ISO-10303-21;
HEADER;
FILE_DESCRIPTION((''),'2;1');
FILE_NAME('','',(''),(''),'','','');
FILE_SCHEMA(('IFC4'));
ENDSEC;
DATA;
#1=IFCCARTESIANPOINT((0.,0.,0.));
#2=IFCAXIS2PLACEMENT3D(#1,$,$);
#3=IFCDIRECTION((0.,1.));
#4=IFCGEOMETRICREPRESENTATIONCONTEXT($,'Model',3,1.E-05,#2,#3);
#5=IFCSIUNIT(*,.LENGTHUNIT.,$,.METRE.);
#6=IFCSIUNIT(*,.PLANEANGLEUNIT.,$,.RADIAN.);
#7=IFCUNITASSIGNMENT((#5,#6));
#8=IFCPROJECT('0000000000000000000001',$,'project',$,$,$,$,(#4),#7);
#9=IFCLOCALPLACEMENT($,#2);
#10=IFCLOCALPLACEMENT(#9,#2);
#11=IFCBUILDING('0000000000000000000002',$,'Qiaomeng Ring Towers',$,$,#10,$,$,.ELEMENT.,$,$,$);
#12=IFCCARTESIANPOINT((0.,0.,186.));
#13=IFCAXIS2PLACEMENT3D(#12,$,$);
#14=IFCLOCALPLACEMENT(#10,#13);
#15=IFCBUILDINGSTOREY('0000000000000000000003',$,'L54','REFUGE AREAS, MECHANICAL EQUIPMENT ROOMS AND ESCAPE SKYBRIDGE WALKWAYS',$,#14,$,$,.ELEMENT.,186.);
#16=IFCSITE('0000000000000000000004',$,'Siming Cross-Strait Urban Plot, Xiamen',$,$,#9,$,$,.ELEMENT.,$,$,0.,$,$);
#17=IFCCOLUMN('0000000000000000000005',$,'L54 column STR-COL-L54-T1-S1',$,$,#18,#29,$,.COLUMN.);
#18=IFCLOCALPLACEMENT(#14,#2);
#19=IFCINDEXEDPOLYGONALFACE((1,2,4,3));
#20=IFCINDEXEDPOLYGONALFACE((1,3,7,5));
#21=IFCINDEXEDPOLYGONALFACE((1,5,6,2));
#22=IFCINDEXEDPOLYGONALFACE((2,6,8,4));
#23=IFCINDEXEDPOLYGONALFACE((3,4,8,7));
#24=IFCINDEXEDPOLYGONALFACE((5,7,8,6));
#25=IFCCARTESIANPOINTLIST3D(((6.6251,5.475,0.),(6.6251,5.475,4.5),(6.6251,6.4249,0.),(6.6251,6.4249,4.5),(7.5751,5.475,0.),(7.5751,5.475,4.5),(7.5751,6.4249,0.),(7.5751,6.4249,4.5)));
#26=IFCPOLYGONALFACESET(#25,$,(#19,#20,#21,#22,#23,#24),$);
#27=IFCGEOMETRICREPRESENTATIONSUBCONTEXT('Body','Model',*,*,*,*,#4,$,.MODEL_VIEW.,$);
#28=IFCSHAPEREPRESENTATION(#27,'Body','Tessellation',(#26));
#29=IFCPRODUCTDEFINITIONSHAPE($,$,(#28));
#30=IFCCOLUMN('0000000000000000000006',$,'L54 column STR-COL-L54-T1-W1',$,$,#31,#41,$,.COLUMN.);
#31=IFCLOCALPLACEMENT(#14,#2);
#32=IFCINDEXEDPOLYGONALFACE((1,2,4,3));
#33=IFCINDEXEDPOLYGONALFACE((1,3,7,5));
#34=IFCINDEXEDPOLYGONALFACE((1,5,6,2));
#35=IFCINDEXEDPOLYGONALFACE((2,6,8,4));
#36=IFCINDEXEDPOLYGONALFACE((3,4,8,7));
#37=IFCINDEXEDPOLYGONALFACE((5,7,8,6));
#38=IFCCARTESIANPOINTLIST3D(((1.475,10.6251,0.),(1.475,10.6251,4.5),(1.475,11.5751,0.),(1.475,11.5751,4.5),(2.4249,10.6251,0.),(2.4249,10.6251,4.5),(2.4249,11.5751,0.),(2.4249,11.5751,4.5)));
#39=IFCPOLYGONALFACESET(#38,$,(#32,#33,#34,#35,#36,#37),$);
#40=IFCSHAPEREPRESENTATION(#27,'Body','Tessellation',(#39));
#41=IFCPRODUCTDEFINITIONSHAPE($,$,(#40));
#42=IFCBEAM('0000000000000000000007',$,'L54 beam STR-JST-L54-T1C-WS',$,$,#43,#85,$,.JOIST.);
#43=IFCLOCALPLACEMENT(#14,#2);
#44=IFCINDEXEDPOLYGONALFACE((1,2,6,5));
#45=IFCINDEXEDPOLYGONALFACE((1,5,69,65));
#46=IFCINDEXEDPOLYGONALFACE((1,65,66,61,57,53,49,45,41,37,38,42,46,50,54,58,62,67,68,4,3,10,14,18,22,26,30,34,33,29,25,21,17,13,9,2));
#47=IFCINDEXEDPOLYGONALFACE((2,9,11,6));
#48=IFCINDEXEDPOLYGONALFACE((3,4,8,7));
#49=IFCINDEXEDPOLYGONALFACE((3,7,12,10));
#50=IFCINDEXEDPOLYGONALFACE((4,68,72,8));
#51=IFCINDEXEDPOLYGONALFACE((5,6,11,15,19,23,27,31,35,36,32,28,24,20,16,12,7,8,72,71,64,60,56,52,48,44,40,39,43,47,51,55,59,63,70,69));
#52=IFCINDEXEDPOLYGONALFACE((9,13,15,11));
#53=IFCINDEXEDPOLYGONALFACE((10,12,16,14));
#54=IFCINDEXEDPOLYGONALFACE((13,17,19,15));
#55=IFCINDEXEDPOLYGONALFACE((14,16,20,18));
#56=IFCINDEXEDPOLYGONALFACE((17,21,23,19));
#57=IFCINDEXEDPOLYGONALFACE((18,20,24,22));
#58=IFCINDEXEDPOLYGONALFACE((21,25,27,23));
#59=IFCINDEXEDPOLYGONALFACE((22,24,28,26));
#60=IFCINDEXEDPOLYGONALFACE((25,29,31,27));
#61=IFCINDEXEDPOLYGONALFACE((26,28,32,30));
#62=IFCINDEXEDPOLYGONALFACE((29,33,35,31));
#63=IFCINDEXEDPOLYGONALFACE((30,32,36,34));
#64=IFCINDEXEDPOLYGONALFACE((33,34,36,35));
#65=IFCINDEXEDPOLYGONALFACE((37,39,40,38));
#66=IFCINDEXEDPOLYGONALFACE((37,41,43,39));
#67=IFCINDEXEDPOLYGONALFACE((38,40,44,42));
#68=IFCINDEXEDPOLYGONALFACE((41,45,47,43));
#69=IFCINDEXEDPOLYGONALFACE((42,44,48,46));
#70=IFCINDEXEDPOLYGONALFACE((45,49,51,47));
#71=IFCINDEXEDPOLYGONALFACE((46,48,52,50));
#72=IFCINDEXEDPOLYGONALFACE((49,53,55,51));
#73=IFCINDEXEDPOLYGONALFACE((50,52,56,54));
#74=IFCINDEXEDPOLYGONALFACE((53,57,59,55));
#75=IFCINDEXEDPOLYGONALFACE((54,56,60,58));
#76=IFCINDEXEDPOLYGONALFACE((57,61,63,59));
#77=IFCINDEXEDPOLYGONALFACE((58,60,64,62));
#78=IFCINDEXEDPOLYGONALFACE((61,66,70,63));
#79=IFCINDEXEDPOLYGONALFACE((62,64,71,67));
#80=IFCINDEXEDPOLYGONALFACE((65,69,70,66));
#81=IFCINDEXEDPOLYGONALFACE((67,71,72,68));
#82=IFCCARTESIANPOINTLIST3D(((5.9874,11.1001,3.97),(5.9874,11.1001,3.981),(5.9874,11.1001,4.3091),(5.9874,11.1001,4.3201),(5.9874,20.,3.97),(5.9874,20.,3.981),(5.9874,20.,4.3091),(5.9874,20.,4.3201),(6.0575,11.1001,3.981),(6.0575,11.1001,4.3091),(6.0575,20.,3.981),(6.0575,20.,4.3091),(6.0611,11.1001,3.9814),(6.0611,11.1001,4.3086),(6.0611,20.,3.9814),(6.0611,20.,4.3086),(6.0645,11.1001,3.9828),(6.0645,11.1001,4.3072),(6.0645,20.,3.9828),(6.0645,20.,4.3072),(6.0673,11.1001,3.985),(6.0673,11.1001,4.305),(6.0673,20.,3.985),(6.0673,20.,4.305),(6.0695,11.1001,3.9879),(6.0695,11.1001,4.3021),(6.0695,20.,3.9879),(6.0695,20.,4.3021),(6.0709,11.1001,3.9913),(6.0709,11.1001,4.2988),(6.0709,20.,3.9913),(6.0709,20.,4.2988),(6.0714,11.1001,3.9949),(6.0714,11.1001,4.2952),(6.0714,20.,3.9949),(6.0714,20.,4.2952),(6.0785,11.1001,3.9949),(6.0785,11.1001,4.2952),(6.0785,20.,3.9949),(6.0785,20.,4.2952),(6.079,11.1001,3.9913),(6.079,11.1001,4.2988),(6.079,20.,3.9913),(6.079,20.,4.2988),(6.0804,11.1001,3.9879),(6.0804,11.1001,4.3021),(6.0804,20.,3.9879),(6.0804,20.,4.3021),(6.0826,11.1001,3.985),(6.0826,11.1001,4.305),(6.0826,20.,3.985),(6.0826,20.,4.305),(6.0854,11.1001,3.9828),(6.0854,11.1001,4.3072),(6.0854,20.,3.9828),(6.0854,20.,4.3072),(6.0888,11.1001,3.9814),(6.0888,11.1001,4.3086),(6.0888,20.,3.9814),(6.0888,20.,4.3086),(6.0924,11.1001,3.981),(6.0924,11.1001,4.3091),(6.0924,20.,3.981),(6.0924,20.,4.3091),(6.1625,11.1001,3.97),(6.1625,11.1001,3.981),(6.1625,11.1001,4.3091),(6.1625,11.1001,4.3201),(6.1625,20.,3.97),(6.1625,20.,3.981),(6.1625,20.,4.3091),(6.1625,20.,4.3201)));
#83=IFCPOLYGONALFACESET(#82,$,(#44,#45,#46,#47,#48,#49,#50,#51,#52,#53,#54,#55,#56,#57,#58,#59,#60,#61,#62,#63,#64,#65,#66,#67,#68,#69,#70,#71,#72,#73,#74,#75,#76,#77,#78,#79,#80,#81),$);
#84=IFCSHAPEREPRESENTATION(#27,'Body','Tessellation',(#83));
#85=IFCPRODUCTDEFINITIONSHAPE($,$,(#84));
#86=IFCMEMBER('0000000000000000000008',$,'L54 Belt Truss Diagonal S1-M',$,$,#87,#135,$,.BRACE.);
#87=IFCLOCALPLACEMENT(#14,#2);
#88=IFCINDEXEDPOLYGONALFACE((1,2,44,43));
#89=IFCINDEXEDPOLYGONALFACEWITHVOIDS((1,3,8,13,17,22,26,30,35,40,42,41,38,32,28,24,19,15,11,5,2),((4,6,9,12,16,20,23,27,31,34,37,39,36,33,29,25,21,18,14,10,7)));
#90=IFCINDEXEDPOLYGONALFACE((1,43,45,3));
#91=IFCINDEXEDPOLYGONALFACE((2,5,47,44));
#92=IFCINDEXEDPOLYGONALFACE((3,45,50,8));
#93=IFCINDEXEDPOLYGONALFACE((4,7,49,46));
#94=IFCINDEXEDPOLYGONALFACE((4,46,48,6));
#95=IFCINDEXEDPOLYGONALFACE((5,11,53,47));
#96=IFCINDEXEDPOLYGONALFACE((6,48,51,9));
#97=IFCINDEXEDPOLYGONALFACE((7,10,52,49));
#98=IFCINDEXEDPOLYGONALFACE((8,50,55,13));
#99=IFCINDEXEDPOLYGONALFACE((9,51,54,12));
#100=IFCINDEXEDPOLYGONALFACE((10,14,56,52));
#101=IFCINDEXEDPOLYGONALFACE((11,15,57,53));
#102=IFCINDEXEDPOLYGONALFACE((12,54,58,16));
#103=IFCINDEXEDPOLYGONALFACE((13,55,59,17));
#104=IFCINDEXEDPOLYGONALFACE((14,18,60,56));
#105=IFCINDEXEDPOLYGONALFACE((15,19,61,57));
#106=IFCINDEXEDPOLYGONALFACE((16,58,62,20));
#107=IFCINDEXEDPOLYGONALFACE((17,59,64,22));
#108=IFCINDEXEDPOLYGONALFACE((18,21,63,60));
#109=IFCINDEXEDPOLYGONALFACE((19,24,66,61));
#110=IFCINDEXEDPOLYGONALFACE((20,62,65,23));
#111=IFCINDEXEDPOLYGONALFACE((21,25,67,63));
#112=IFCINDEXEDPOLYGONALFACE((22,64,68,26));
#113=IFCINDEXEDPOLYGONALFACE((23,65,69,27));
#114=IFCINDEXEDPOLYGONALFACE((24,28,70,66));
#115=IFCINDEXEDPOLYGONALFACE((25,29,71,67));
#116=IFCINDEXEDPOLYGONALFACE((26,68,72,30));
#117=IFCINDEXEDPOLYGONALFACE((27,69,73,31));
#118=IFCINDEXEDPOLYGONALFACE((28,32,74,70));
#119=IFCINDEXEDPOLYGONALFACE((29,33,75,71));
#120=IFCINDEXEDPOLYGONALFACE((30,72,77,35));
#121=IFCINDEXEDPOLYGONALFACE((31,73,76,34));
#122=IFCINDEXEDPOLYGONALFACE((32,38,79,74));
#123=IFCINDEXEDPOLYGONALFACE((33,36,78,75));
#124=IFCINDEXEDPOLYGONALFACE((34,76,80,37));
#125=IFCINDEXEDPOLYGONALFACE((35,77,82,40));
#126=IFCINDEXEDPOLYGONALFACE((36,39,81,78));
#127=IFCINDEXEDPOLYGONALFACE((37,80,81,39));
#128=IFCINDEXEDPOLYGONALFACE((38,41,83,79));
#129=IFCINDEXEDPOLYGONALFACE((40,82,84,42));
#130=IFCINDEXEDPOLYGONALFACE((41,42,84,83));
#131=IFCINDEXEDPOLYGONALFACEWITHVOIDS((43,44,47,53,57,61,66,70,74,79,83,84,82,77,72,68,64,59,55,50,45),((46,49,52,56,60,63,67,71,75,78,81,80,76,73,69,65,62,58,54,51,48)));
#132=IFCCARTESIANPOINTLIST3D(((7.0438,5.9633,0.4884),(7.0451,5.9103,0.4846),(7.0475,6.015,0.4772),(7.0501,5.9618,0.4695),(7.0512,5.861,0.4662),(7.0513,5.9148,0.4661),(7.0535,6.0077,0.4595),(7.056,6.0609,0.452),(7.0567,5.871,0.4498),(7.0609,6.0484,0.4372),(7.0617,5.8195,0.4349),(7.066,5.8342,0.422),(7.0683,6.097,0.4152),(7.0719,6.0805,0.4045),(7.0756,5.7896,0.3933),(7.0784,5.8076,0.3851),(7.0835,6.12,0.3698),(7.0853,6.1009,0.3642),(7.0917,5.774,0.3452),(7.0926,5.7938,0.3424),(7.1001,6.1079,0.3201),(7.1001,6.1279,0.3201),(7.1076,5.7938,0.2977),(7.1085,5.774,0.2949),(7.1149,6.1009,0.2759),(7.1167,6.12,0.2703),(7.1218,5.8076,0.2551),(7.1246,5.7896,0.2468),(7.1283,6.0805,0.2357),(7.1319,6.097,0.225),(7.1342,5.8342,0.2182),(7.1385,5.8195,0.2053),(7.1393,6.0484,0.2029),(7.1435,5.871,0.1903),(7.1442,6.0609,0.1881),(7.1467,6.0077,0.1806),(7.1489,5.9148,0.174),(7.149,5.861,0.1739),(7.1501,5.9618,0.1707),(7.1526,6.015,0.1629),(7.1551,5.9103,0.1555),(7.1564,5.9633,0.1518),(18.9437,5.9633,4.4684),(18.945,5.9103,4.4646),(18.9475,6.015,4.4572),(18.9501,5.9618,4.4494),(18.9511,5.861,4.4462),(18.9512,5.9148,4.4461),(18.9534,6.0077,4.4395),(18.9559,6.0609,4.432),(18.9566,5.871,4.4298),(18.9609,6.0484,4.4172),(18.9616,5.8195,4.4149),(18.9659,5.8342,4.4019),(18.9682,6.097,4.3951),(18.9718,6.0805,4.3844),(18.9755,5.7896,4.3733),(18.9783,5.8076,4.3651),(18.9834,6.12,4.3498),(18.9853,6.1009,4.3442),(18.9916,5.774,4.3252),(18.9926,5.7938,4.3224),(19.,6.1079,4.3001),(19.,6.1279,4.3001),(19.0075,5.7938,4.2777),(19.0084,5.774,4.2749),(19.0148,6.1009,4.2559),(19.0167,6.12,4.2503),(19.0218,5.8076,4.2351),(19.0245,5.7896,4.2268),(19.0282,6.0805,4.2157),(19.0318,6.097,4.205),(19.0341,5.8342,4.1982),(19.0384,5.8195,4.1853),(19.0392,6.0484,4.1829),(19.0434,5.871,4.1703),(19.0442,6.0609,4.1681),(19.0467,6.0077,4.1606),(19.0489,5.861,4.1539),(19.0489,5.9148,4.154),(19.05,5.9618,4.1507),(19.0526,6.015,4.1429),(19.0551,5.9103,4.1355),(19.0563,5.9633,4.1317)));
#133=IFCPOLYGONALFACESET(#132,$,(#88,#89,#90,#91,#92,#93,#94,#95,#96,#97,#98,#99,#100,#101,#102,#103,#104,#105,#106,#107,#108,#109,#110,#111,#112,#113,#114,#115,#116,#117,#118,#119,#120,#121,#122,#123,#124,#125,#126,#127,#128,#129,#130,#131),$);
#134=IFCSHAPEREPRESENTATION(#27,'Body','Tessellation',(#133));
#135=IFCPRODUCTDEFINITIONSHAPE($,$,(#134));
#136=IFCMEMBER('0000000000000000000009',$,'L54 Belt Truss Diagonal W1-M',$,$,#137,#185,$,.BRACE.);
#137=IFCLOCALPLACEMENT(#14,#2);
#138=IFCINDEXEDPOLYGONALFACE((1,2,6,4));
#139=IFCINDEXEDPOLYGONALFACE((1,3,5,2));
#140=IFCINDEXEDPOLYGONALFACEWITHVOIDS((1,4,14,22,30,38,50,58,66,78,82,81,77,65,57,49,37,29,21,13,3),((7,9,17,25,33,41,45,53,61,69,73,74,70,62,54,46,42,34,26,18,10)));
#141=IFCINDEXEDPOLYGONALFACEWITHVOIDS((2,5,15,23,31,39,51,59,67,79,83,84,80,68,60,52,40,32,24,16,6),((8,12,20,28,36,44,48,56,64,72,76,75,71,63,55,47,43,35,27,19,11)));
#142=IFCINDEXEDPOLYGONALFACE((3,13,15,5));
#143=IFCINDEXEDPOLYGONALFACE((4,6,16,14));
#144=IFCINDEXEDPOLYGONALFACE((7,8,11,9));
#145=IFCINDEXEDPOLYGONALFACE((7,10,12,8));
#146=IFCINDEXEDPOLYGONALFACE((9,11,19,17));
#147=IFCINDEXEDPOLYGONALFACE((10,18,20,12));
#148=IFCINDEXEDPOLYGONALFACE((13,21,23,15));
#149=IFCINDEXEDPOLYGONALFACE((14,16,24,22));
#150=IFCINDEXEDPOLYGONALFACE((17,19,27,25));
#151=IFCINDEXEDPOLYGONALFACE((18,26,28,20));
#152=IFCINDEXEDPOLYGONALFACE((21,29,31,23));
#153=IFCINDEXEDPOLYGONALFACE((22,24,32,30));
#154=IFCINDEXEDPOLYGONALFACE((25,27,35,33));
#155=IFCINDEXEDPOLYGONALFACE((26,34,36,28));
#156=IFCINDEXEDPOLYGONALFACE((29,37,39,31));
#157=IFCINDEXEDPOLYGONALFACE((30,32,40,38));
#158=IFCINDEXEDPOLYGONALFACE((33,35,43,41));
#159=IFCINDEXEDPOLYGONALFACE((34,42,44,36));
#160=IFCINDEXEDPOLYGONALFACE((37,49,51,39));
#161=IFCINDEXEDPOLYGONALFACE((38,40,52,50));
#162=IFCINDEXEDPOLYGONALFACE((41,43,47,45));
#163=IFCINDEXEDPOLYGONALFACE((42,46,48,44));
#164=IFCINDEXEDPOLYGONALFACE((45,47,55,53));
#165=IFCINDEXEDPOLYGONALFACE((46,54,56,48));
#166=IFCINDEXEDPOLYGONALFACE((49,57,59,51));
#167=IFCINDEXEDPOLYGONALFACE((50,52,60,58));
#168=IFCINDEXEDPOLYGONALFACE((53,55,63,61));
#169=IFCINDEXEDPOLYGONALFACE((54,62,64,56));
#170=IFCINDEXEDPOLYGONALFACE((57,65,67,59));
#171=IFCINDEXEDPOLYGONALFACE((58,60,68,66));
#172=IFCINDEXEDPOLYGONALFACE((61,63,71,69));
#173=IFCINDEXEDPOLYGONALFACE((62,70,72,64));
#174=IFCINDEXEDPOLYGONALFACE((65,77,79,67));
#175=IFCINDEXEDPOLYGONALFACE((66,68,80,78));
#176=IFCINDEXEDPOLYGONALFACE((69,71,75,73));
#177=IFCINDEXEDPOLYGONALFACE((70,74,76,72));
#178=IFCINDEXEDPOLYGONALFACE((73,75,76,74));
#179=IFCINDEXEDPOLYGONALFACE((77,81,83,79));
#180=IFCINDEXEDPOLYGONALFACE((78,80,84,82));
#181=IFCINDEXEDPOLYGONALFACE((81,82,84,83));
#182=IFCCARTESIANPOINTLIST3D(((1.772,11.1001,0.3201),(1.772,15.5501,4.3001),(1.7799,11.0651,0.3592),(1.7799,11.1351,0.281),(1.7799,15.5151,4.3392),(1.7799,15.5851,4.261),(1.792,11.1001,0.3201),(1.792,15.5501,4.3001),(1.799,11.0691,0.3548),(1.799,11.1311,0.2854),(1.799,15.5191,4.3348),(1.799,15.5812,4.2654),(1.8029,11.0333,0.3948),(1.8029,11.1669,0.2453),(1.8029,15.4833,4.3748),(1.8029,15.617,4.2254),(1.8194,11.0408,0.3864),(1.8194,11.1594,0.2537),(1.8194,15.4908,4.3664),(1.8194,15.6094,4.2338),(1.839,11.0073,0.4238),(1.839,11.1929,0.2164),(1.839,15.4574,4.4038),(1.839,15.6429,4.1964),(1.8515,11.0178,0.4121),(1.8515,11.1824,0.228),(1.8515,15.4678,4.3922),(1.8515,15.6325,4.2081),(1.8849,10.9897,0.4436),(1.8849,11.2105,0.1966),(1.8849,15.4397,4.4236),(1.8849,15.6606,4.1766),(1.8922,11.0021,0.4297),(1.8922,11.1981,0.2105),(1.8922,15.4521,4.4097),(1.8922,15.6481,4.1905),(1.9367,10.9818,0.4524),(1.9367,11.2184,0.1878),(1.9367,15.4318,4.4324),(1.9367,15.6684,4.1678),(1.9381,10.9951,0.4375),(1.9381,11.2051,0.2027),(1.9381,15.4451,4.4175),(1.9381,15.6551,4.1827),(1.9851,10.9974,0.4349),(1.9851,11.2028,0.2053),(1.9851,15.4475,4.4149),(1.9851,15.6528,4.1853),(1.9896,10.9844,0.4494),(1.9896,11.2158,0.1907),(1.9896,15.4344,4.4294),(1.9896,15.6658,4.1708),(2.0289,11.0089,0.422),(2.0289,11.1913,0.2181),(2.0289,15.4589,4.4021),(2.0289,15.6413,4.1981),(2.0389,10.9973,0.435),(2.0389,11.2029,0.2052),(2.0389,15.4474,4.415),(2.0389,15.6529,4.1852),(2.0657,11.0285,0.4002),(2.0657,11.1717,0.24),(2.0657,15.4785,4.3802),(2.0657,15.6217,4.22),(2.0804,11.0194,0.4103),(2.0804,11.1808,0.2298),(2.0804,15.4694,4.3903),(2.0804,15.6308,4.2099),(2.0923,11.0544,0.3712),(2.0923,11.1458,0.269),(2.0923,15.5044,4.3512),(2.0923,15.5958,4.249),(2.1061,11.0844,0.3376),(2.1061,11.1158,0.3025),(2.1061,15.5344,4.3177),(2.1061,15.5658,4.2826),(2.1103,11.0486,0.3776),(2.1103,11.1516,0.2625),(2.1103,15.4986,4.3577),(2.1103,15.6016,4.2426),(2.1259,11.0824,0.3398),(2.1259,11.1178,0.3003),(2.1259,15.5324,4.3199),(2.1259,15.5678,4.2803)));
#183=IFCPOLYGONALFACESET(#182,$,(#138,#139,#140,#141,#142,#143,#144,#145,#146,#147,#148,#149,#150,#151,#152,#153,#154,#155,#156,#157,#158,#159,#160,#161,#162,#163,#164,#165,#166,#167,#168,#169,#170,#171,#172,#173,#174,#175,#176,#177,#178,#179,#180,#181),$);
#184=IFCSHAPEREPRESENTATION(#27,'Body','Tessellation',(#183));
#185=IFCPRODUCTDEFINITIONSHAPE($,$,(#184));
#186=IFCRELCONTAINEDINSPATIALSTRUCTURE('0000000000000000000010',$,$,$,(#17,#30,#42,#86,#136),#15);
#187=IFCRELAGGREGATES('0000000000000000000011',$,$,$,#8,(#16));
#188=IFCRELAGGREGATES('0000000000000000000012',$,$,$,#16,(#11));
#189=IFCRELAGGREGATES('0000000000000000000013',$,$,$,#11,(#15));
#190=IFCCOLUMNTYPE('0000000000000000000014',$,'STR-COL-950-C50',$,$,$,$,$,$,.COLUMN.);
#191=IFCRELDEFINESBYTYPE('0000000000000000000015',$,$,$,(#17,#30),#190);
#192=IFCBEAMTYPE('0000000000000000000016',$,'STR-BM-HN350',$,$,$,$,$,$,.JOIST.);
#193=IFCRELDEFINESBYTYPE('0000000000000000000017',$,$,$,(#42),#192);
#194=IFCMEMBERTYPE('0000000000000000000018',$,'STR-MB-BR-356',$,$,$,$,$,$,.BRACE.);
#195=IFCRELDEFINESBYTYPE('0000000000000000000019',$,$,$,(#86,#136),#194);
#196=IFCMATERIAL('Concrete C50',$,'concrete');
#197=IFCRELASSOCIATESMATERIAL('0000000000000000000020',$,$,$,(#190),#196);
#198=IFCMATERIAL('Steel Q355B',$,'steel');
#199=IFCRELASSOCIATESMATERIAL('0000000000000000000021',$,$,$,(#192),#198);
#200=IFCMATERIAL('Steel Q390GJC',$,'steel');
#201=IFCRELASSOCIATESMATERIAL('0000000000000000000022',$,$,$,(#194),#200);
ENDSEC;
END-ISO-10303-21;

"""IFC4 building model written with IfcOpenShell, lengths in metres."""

from ifc_helpers import new_model, si_unit, direction, frame, origin, origin_2d, place, context, subcontext, project, spatial, rectangle, hollow_circle, i_section, extrude, source, transform, mapped, material, material_profile, profile_set, type_object, element, save


model = new_model("IFC4")

# Units and contexts
model_context = context("Model", 3, precision=1e-05, world=origin(), true_north=direction((0.0, 1.0)))
body_context = subcontext(model_context, "Body", "Model", "MODEL_VIEW")
ifc_project = project(units=[si_unit("LENGTHUNIT", "METRE"), si_unit("PLANEANGLEUNIT", "RADIAN")], contexts=[model_context])

# Site, building, storey
site_placement = place(None, origin())
site = spatial("IfcSite", under=ifc_project, at=site_placement, Name="Siming Cross-Strait Urban Plot, Xiamen", CompositionType="ELEMENT", RefElevation=0.0)
building_placement = place(site_placement, origin())
building = spatial("IfcBuilding", under=site, at=building_placement, Name="Qiaomeng Ring Towers", CompositionType="ELEMENT")
storey_placement = place(building_placement, frame((0.0, 0.0, 186.0)))
storey = spatial("IfcBuildingStorey", under=building, at=storey_placement, Name="L54", Description="REFUGE AREAS, MECHANICAL EQUIPMENT ROOMS AND ESCAPE SKYBRIDGE WALKWAYS", CompositionType="ELEMENT", Elevation=186.0)

# Columns
ifc_material_1 = material(Name="Concrete C50", Category="concrete")
ifc_material_profile_1 = material_profile(ifc_material_1, rectangle(XDim=0.95, YDim=0.95, at=origin_2d()), Name="RC COL 950x950")
ifc_profile_set_1 = profile_set([ifc_material_profile_1], Name="Concrete C50")
column_type = type_object("IfcColumnType", Name="STR-COL-950-C50", PredefinedType="COLUMN", material=ifc_profile_set_1)
shared_shape_1 = source(origin(), body_context, "Body", "SweptSolid", [
    extrude(rectangle(XDim=0.95, YDim=0.95, at=origin_2d()), origin(), (0.0, 0.0, 1.0), 4.5),
])
for number, where, z_axis, x_axis, name in (
    (1, (7.1001, 5.95, 0.0), (0.0, 0.0, 1.0), (1.0, 0.0, 0.0), "L54 column STR-COL-L54-T1-S1"),
    (2, (1.95, 11.1001, 0.0), (0.0, 0.0, 1.0), (1.0, 0.0, 0.0), "L54 column STR-COL-L54-T1-W1"),
):
    element("IfcColumn", number, at=place(storey_placement, frame(where, z_axis=z_axis, x_axis=x_axis)), inside=storey, type_object=column_type, Name=name, PredefinedType="COLUMN", context=body_context, shape_type="MappedRepresentation", body=[
        mapped(shared_shape_1, transform((0.0, 0.0, 0.0), x_axis=(1.0, 0.0, 0.0), y_axis=(0.0, 1.0, 0.0), z_axis=(0.0, 0.0, 1.0), scale=1.0)),
    ])

# Beam
ifc_material_2 = material(Name="Steel Q355B", Category="steel")
ifc_material_profile_2 = material_profile(ifc_material_2, i_section(OverallWidth=0.175, OverallDepth=0.3501, WebThickness=0.0071, FlangeThickness=0.011, FilletRadius=0.0139, at=origin_2d()), Name="HN 350x175x7x11")
ifc_profile_set_2 = profile_set([ifc_material_profile_2], Name="Steel Q355B")
beam_type_1 = type_object("IfcBeamType", Name="STR-BM-HN350", PredefinedType="JOIST", material=ifc_profile_set_2)
shared_shape_2 = source(origin(), body_context, "Body", "SweptSolid", [
    extrude(i_section(OverallWidth=0.175, OverallDepth=0.3501, WebThickness=0.0071, FlangeThickness=0.011, FilletRadius=0.0139, at=origin_2d()), origin(), (0.0, 0.0, 1.0), 8.8999),
])
beam_1_placement = place(storey_placement, frame((6.075, 11.1001, 4.145), z_axis=(0.0, 1.0, 0.0), x_axis=(-1.0, 0.0, 0.0)))
element("IfcBeam", 3, at=beam_1_placement, inside=storey, type_object=beam_type_1, Name="L54 beam STR-JST-L54-T1C-WS", PredefinedType="JOIST", context=body_context, shape_type="MappedRepresentation", body=[
    mapped(shared_shape_2, transform((0.0, 0.0, 0.0), x_axis=(1.0, 0.0, 0.0), y_axis=(0.0, 1.0, 0.0), z_axis=(0.0, 0.0, 1.0), scale=1.0)),
])

# Members
ifc_material_3 = material(Name="Steel Q390GJC", Category="steel")
ifc_material_profile_3 = material_profile(ifc_material_3, hollow_circle(Radius=0.178, WallThickness=0.02, at=origin_2d()), Name="CHS 356x20")
ifc_profile_set_3 = profile_set([ifc_material_profile_3], Name="Steel Q390GJC")
member_type_1 = type_object("IfcMemberType", Name="STR-MB-BR-356", PredefinedType="BRACE", material=ifc_profile_set_3)
shared_shape_3 = source(origin(), body_context, "Body", "SweptSolid", [
    extrude(hollow_circle(Radius=0.178, WallThickness=0.02, at=origin_2d()), origin(), (0.0, 0.0, 1.0), 12.5479),
])
member_1_placement = place(storey_placement, frame((7.1001, 5.95, 0.3201), z_axis=(0.948364, 0.0, 0.317185), x_axis=(0.0, 1.0, 0.0)))
element("IfcMember", 4, at=member_1_placement, inside=storey, type_object=member_type_1, Name="L54 Belt Truss Diagonal S1-M", PredefinedType="BRACE", context=body_context, shape_type="MappedRepresentation", body=[
    mapped(shared_shape_3, transform((0.0, 0.0, 0.0), x_axis=(1.0, 0.0, 0.0), y_axis=(0.0, 1.0, 0.0), z_axis=(0.0, 0.0, 1.0), scale=1.0)),
])
shared_shape_4 = source(origin(), body_context, "Body", "SweptSolid", [
    extrude(hollow_circle(Radius=0.178, WallThickness=0.02, at=origin_2d()), origin(), (0.0, 0.0, 1.0), 5.9702),
])
member_2_placement = place(storey_placement, frame((1.95, 11.1001, 0.3201), z_axis=(0.0, 0.745371, 0.66665), x_axis=(-1.0, 0.0, 0.0)))
element("IfcMember", 5, at=member_2_placement, inside=storey, type_object=member_type_1, Name="L54 Belt Truss Diagonal W1-M", PredefinedType="BRACE", context=body_context, shape_type="MappedRepresentation", body=[
    mapped(shared_shape_4, transform((0.0, 0.0, 0.0), x_axis=(1.0, 0.0, 0.0), y_axis=(0.0, 1.0, 0.0), z_axis=(0.0, 0.0, 1.0), scale=1.0)),
])

save(model, "model.ifc")
